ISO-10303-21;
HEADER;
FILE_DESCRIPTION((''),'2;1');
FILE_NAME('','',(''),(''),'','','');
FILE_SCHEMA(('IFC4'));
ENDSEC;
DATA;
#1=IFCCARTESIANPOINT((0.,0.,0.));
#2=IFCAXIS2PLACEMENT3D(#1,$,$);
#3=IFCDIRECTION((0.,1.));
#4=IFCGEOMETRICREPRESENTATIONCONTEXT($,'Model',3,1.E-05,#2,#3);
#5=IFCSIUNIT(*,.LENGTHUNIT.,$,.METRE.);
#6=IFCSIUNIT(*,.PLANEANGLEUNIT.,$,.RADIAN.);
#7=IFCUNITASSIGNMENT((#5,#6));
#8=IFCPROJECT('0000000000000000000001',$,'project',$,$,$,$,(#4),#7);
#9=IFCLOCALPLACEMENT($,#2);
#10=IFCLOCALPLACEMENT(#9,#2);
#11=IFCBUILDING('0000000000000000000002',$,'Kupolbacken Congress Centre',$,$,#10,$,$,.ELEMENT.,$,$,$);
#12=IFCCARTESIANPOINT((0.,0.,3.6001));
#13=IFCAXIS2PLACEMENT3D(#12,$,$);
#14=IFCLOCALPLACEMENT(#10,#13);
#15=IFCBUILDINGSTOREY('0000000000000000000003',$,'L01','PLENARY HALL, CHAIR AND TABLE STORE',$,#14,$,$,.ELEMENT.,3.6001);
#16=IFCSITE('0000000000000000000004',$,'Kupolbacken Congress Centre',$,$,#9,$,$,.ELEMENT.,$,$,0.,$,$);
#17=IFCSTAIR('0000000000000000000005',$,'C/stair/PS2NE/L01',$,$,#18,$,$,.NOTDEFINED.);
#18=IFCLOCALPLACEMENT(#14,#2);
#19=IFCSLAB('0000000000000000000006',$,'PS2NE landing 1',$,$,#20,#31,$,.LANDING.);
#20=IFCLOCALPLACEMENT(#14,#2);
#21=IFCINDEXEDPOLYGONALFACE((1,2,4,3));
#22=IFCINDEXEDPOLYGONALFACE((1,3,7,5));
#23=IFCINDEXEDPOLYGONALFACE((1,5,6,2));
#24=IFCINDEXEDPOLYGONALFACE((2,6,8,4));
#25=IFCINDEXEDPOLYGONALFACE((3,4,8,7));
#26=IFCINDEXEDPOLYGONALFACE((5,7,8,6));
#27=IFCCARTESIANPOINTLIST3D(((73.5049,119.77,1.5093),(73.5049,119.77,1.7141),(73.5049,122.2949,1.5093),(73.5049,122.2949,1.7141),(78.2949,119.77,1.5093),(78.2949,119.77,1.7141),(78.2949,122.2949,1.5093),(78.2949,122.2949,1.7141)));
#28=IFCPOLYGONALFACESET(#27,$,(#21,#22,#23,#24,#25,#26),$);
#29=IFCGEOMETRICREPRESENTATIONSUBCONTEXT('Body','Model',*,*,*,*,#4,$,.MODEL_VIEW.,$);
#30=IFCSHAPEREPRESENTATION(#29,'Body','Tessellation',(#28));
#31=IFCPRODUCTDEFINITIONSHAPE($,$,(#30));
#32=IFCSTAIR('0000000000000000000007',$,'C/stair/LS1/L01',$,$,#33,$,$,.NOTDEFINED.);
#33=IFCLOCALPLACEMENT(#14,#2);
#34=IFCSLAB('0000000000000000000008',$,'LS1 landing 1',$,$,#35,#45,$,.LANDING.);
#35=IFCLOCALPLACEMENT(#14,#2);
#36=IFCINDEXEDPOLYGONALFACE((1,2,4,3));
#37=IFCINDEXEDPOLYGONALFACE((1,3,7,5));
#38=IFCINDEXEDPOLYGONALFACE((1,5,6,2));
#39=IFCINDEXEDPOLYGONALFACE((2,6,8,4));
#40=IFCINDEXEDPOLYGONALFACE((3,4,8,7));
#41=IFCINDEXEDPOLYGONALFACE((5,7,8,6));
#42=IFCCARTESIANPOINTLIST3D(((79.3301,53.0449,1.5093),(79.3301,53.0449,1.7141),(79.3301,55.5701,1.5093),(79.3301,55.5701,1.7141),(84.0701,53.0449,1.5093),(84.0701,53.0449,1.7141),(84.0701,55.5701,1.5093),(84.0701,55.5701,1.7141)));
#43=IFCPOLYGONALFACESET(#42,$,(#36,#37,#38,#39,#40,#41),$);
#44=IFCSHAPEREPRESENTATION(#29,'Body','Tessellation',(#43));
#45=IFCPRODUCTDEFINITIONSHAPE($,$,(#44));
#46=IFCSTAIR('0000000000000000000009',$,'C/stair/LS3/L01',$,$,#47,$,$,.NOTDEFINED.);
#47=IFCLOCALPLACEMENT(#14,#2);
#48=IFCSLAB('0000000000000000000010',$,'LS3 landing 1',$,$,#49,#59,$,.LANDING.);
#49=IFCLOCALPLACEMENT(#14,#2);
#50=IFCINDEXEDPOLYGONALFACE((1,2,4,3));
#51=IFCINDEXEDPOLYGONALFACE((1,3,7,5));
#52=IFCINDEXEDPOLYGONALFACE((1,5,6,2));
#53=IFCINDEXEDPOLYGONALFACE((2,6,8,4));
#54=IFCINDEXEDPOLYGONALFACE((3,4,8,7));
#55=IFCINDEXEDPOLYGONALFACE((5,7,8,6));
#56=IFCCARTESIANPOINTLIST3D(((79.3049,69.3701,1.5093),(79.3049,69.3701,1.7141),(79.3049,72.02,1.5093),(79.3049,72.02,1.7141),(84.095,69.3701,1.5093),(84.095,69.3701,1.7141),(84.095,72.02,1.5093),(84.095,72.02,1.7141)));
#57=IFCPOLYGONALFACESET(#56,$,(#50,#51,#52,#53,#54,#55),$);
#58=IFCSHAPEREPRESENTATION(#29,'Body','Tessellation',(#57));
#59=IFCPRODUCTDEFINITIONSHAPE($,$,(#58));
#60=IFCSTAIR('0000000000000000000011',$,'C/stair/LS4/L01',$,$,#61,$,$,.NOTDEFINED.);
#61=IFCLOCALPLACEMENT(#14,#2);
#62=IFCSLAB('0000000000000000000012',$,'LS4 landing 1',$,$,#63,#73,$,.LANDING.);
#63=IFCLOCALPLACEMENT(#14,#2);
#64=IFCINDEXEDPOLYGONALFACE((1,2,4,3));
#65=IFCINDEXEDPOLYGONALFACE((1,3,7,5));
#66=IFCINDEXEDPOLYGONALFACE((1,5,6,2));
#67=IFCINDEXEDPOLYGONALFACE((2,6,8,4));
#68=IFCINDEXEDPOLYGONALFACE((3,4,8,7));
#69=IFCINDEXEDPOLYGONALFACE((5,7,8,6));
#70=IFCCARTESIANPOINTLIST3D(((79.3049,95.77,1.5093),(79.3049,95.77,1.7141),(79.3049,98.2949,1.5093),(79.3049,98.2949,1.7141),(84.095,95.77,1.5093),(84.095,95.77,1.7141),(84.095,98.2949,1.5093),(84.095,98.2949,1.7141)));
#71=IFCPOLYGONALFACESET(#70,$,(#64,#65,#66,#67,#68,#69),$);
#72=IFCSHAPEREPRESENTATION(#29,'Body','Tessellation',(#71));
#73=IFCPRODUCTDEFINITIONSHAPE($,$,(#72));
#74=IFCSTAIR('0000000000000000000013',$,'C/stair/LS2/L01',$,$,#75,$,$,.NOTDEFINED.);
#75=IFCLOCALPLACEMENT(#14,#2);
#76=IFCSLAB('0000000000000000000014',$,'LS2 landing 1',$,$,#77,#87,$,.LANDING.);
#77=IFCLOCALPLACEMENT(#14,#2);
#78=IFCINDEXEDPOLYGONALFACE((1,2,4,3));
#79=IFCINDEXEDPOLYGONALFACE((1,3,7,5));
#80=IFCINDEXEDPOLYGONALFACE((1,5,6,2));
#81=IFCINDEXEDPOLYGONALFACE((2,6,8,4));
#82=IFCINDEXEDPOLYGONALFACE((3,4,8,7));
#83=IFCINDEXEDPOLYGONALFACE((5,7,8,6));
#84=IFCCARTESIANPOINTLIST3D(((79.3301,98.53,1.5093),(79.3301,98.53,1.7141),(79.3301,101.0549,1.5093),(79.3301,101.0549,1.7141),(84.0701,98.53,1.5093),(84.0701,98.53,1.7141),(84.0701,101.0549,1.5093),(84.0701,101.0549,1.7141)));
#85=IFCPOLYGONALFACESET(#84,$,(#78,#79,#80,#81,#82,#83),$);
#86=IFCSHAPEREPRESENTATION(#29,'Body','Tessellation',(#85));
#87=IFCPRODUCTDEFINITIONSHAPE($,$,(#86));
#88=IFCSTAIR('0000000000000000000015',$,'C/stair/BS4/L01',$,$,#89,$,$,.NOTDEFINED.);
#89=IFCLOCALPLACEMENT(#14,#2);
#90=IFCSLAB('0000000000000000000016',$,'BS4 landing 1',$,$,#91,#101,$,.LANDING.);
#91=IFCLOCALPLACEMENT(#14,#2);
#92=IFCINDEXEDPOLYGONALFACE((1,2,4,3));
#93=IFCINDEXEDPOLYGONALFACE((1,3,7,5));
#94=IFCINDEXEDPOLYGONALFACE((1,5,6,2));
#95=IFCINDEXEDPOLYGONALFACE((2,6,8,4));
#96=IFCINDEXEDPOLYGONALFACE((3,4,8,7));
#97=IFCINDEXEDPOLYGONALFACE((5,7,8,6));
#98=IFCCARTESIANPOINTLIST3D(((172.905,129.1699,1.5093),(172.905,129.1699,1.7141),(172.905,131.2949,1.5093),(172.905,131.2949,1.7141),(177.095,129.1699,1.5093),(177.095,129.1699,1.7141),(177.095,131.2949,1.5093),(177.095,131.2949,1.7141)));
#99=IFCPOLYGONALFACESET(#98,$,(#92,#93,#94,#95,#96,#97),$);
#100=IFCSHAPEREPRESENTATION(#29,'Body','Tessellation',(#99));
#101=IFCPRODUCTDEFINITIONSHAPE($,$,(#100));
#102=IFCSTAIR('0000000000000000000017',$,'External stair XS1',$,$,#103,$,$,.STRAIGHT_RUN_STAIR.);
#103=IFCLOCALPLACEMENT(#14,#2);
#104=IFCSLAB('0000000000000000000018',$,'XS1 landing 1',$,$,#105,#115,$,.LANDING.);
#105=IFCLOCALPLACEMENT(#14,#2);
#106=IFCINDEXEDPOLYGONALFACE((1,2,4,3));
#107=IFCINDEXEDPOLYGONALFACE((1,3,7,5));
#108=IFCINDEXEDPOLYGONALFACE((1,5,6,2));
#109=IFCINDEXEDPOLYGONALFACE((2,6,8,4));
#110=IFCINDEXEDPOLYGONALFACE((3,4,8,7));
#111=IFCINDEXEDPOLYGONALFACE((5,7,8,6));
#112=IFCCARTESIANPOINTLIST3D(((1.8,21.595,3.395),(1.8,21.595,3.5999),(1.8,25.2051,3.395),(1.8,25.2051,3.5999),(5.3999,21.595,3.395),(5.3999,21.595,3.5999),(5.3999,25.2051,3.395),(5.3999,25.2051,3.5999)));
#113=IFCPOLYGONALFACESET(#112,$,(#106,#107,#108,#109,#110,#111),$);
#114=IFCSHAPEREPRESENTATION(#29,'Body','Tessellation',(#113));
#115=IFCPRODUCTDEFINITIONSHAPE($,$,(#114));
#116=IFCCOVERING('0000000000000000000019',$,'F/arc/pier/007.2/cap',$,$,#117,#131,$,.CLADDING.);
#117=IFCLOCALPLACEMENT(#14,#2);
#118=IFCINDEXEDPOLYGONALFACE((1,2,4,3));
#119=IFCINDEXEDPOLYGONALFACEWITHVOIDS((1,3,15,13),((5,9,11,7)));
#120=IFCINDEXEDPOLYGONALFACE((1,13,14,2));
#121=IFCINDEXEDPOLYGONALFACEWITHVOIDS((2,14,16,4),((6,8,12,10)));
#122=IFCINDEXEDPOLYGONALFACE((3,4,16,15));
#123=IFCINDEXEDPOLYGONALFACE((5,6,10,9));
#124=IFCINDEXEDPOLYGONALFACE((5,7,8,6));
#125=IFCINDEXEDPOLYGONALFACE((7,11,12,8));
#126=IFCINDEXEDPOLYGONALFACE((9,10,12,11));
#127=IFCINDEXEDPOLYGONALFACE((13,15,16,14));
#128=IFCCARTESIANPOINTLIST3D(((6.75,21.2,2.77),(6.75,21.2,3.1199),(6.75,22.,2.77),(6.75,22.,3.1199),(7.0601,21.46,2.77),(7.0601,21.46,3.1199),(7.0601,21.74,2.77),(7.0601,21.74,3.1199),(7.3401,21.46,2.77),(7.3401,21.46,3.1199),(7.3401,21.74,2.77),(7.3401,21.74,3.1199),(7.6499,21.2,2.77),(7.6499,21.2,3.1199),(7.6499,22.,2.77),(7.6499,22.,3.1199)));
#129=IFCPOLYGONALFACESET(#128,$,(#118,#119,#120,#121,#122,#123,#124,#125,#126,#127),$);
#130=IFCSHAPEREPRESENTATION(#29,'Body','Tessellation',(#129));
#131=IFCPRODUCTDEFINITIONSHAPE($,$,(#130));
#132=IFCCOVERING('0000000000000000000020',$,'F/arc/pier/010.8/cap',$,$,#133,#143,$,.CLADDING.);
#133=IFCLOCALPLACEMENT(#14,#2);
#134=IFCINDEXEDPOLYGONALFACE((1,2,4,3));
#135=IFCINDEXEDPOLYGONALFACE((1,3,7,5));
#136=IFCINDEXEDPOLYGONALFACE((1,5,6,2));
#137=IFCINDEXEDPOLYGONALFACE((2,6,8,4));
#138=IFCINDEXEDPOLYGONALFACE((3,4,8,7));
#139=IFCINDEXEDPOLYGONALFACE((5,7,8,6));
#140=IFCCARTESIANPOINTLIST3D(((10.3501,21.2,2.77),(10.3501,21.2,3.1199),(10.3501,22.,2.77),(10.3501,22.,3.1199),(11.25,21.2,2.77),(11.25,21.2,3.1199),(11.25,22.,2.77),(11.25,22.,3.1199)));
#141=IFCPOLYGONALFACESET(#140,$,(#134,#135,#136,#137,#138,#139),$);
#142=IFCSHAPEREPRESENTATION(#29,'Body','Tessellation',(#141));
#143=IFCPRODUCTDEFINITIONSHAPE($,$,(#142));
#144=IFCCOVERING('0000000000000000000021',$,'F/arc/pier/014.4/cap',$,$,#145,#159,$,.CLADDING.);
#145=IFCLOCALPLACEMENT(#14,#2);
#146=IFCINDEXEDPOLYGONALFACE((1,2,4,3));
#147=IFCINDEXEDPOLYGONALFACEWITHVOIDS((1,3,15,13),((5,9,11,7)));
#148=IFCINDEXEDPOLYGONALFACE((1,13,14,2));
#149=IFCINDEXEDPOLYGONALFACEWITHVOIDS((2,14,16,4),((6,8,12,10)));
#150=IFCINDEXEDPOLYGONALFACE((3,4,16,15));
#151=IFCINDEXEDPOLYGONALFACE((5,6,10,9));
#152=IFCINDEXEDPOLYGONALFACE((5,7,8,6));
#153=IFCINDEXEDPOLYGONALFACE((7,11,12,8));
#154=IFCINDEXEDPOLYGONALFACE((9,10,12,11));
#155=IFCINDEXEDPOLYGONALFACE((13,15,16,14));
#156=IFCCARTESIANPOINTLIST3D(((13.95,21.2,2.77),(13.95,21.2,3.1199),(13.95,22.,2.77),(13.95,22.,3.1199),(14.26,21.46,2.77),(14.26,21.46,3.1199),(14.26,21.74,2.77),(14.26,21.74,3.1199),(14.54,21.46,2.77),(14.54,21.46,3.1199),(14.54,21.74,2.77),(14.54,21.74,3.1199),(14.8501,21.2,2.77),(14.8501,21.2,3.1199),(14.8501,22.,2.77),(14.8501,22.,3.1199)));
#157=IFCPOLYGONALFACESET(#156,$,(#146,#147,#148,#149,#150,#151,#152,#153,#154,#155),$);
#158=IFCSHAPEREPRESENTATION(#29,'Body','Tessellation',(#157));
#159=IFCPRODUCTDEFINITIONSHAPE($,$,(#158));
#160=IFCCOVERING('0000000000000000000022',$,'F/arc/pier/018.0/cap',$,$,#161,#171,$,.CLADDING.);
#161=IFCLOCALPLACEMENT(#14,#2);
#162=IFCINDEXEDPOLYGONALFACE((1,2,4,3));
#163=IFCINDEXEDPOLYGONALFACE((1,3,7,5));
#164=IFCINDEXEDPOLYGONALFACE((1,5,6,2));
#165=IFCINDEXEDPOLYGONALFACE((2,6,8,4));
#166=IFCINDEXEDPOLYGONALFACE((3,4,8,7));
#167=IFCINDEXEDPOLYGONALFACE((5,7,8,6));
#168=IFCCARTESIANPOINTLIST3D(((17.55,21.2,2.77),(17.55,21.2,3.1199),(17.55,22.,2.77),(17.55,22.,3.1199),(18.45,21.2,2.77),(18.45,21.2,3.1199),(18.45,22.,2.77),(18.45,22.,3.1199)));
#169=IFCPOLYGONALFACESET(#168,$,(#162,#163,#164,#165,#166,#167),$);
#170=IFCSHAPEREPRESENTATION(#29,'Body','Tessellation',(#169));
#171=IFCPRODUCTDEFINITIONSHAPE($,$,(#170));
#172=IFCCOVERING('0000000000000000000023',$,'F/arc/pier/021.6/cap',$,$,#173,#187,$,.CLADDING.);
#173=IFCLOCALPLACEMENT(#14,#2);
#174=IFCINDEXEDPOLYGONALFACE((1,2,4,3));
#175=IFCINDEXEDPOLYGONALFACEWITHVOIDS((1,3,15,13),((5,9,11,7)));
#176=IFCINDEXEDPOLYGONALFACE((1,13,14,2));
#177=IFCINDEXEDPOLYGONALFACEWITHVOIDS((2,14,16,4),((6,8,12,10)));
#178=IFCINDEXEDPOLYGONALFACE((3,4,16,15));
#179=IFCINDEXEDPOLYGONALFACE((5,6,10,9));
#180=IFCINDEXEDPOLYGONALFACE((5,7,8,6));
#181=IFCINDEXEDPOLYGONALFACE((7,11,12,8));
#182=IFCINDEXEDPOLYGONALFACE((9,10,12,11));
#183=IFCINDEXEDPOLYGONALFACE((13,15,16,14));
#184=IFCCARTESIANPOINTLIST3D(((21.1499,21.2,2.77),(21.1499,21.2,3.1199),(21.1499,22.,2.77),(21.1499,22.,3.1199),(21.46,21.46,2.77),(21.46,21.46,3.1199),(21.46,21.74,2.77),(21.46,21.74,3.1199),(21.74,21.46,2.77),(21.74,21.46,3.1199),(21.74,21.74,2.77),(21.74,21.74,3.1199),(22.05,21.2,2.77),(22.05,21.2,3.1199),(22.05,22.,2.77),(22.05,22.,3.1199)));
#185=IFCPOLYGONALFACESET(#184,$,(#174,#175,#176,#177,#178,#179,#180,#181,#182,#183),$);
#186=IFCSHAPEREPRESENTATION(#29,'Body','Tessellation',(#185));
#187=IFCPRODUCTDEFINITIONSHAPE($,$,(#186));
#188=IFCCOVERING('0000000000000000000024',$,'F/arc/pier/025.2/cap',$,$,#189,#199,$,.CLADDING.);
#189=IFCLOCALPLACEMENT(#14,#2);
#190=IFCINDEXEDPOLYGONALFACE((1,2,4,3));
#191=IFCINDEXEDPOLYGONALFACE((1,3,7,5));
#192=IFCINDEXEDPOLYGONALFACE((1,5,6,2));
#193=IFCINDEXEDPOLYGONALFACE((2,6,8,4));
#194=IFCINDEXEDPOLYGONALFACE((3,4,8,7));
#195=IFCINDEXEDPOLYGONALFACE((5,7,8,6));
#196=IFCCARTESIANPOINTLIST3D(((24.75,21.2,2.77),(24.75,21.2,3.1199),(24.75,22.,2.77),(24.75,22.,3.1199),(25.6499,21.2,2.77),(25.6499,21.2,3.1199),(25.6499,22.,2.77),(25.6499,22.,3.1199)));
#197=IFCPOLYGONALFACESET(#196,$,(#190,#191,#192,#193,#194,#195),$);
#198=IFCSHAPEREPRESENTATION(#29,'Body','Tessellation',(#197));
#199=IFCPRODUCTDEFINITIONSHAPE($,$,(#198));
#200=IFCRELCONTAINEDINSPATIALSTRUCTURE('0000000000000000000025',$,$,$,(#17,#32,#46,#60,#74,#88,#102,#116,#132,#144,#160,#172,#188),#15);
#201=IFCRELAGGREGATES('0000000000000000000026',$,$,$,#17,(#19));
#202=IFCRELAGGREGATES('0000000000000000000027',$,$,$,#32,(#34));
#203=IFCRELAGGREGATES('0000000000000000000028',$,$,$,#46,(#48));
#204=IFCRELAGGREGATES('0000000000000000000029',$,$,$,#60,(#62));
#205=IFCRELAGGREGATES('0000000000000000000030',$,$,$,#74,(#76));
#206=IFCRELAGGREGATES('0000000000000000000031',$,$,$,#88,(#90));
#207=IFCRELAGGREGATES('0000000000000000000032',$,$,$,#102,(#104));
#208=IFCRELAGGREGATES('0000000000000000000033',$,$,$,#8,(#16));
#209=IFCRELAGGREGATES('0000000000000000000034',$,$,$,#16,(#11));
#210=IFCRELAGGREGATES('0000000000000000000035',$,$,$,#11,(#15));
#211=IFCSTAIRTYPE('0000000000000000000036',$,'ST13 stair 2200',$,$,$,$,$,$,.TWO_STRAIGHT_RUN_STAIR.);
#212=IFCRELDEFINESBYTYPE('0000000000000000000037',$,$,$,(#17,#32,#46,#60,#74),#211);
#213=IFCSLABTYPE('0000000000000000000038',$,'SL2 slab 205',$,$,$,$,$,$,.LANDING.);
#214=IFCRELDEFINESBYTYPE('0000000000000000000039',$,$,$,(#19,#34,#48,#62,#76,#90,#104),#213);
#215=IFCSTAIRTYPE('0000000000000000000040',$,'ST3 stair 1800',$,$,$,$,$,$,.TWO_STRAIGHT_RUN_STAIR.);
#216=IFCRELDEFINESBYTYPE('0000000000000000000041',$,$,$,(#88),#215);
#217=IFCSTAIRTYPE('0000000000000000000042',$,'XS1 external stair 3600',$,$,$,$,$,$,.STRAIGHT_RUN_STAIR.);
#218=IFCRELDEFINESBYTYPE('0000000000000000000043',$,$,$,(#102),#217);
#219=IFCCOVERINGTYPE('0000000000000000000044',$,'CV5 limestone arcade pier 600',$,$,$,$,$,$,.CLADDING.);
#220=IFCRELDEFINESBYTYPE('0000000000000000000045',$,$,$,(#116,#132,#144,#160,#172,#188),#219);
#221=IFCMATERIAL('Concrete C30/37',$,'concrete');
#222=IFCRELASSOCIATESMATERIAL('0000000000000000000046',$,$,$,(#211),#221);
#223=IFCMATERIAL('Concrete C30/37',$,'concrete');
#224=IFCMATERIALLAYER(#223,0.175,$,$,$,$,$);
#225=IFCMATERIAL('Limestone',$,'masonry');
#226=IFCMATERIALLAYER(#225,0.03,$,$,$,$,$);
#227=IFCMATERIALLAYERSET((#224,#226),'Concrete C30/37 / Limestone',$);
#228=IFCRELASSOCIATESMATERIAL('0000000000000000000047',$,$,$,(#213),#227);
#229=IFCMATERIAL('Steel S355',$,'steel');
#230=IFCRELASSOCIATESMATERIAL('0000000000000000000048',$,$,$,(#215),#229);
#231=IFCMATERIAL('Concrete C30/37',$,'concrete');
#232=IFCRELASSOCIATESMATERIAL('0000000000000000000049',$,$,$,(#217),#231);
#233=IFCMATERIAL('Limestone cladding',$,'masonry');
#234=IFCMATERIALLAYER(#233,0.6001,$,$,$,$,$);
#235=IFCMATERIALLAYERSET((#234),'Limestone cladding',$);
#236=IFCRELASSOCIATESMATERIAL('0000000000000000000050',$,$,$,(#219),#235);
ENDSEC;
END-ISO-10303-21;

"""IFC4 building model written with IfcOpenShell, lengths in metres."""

from ifc_helpers import new_model, si_unit, direction, frame, origin, place, context, subcontext, project, spatial, polyline, outline, extrude, material, layer, layer_set, type_object, element, aggregate, save


model = new_model("IFC4")

# Units and contexts
model_context = context("Model", 3, precision=1e-05, world=origin(), true_north=direction((0.0, 1.0)))
body_context = subcontext(model_context, "Body", "Model", "MODEL_VIEW")
ifc_project = project(units=[si_unit("LENGTHUNIT", "METRE"), si_unit("PLANEANGLEUNIT", "RADIAN")], contexts=[model_context])

# Site, building, storey
site_placement = place(None, origin())
site = spatial("IfcSite", under=ifc_project, at=site_placement, Name="Kupolbacken Congress Centre", CompositionType="ELEMENT", RefElevation=0.0)
building_placement = place(site_placement, origin())
building = spatial("IfcBuilding", under=site, at=building_placement, Name="Kupolbacken Congress Centre", CompositionType="ELEMENT")
storey_placement = place(building_placement, frame((0.0, 0.0, 3.6001)))
storey = spatial("IfcBuildingStorey", under=building, at=storey_placement, Name="L01", Description="PLENARY HALL, CHAIR AND TABLE STORE", CompositionType="ELEMENT", Elevation=3.6001)

# Stairs, slabs
ifc_material_1 = material(Name="Concrete C30/37", Category="concrete")
stair_type_1 = type_object("IfcStairType", Name="ST13 stair 2200", PredefinedType="TWO_STRAIGHT_RUN_STAIR", material=ifc_material_1)
stair_1_placement = place(storey_placement, origin())
stair_1 = element("IfcStair", 1, at=stair_1_placement, inside=storey, type_object=stair_type_1, Name="C/stair/PS2NE/L01", PredefinedType="NOTDEFINED")
ifc_material_2 = material(Name="Concrete C30/37", Category="concrete")
ifc_layer_1 = layer(ifc_material_2, 0.175)
ifc_material_3 = material(Name="Limestone", Category="masonry")
ifc_layer_2 = layer(ifc_material_3, 0.03)
ifc_layer_set_1 = layer_set([ifc_layer_1, ifc_layer_2], Name="Concrete C30/37 / Limestone")
slab_type_1 = type_object("IfcSlabType", Name="SL2 slab 205", PredefinedType="LANDING", material=ifc_layer_set_1)
slab_1_placement = place(storey_placement, frame((0.0, 0.0, 1.5093)))
slab_1 = element("IfcSlab", 2, at=slab_1_placement, type_object=slab_type_1, Name="PS2NE landing 1", PredefinedType="LANDING", context=body_context, shape_type="SweptSolid", body=[
    extrude(outline(polyline([(73.5049, 119.77), (78.2949, 119.77), (78.2949, 122.2949), (73.5049, 122.2949), (73.5049, 119.77)])), origin(), (0.0, 0.0, 1.0), 0.2048),
])
aggregate(stair_1, [slab_1])
stair_2_placement = place(storey_placement, origin())
stair_2 = element("IfcStair", 3, at=stair_2_placement, inside=storey, type_object=stair_type_1, Name="C/stair/LS1/L01", PredefinedType="NOTDEFINED")
slab_2_placement = place(storey_placement, frame((0.0, 0.0, 1.5093)))
slab_2 = element("IfcSlab", 4, at=slab_2_placement, type_object=slab_type_1, Name="LS1 landing 1", PredefinedType="LANDING", context=body_context, shape_type="SweptSolid", body=[
    extrude(outline(polyline([(79.3301, 53.0449), (84.0701, 53.0449), (84.0701, 55.5701), (79.3301, 55.5701), (79.3301, 53.0449)])), origin(), (0.0, 0.0, 1.0), 0.2048),
])
aggregate(stair_2, [slab_2])
stair_3_placement = place(storey_placement, origin())
stair_3 = element("IfcStair", 5, at=stair_3_placement, inside=storey, type_object=stair_type_1, Name="C/stair/LS3/L01", PredefinedType="NOTDEFINED")
slab_3_placement = place(storey_placement, frame((0.0, 0.0, 1.5093)))
slab_3 = element("IfcSlab", 6, at=slab_3_placement, type_object=slab_type_1, Name="LS3 landing 1", PredefinedType="LANDING", context=body_context, shape_type="SweptSolid", body=[
    extrude(outline(polyline([(79.3049, 69.3701), (84.095, 69.3701), (84.095, 72.02), (79.3049, 72.02), (79.3049, 69.3701)])), origin(), (0.0, 0.0, 1.0), 0.2048),
])
aggregate(stair_3, [slab_3])
stair_4_placement = place(storey_placement, origin())
stair_4 = element("IfcStair", 7, at=stair_4_placement, inside=storey, type_object=stair_type_1, Name="C/stair/LS4/L01", PredefinedType="NOTDEFINED")
slab_4_placement = place(storey_placement, frame((0.0, 0.0, 1.5093)))
slab_4 = element("IfcSlab", 8, at=slab_4_placement, type_object=slab_type_1, Name="LS4 landing 1", PredefinedType="LANDING", context=body_context, shape_type="SweptSolid", body=[
    extrude(outline(polyline([(79.3049, 95.77), (84.095, 95.77), (84.095, 98.2949), (79.3049, 98.2949), (79.3049, 95.77)])), origin(), (0.0, 0.0, 1.0), 0.2048),
])
aggregate(stair_4, [slab_4])
stair_5_placement = place(storey_placement, origin())
stair_5 = element("IfcStair", 9, at=stair_5_placement, inside=storey, type_object=stair_type_1, Name="C/stair/LS2/L01", PredefinedType="NOTDEFINED")
slab_5_placement = place(storey_placement, frame((0.0, 0.0, 1.5093)))
slab_5 = element("IfcSlab", 10, at=slab_5_placement, type_object=slab_type_1, Name="LS2 landing 1", PredefinedType="LANDING", context=body_context, shape_type="SweptSolid", body=[
    extrude(outline(polyline([(79.3301, 98.53), (84.0701, 98.53), (84.0701, 101.0549), (79.3301, 101.0549), (79.3301, 98.53)])), origin(), (0.0, 0.0, 1.0), 0.2048),
])
aggregate(stair_5, [slab_5])
ifc_material_4 = material(Name="Steel S355", Category="steel")
stair_type_2 = type_object("IfcStairType", Name="ST3 stair 1800", PredefinedType="TWO_STRAIGHT_RUN_STAIR", material=ifc_material_4)
stair_6_placement = place(storey_placement, origin())
stair_6 = element("IfcStair", 11, at=stair_6_placement, inside=storey, type_object=stair_type_2, Name="C/stair/BS4/L01", PredefinedType="NOTDEFINED")
slab_6_placement = place(storey_placement, frame((0.0, 0.0, 1.5093)))
slab_6 = element("IfcSlab", 12, at=slab_6_placement, type_object=slab_type_1, Name="BS4 landing 1", PredefinedType="LANDING", context=body_context, shape_type="SweptSolid", body=[
    extrude(outline(polyline([(172.905, 129.1699), (177.095, 129.1699), (177.095, 131.2949), (172.905, 131.2949), (172.905, 129.1699)])), origin(), (0.0, 0.0, 1.0), 0.2048),
])
aggregate(stair_6, [slab_6])
ifc_material_5 = material(Name="Concrete C30/37", Category="concrete")
stair_type_3 = type_object("IfcStairType", Name="XS1 external stair 3600", PredefinedType="STRAIGHT_RUN_STAIR", material=ifc_material_5)
stair_7_placement = place(storey_placement, origin())
stair_7 = element("IfcStair", 13, at=stair_7_placement, inside=storey, type_object=stair_type_3, Name="External stair XS1", PredefinedType="STRAIGHT_RUN_STAIR")
slab_7_placement = place(storey_placement, frame((0.0, 0.0, 3.395)))
slab_7 = element("IfcSlab", 14, at=slab_7_placement, type_object=slab_type_1, Name="XS1 landing 1", PredefinedType="LANDING", context=body_context, shape_type="SweptSolid", body=[
    extrude(outline(polyline([(1.8, 21.595), (5.3999, 21.595), (5.3999, 25.2051), (1.8, 25.2051), (1.8, 21.595)])), origin(), (0.0, 0.0, 1.0), 0.2048),
])
aggregate(stair_7, [slab_7])

# Coverings
ifc_material_6 = material(Name="Limestone cladding", Category="masonry")
ifc_layer_3 = layer(ifc_material_6, 0.6001)
ifc_layer_set_2 = layer_set([ifc_layer_3], Name="Limestone cladding")
covering_type = type_object("IfcCoveringType", Name="CV5 limestone arcade pier 600", PredefinedType="CLADDING", material=ifc_layer_set_2)
covering_1_placement = place(storey_placement, frame((0.0, 0.0, 2.77)))
element("IfcCovering", 15, at=covering_1_placement, inside=storey, type_object=covering_type, Name="F/arc/pier/007.2/cap", PredefinedType="CLADDING", context=body_context, shape_type="SweptSolid", body=[
    extrude(outline(polyline([(6.75, 21.2), (7.6499, 21.2), (7.6499, 22.0), (6.75, 22.0), (6.75, 21.2)]), holes=[polyline([(7.0601, 21.46), (7.3401, 21.46), (7.3401, 21.74), (7.0601, 21.74), (7.0601, 21.46)])]), origin(), (0.0, 0.0, 1.0), 0.3499),
])
covering_2_placement = place(storey_placement, frame((0.0, 0.0, 2.77)))
element("IfcCovering", 16, at=covering_2_placement, inside=storey, type_object=covering_type, Name="F/arc/pier/010.8/cap", PredefinedType="CLADDING", context=body_context, shape_type="SweptSolid", body=[
    extrude(outline(polyline([(10.3501, 21.2), (11.25, 21.2), (11.25, 22.0), (10.3501, 22.0), (10.3501, 21.2)])), origin(), (0.0, 0.0, 1.0), 0.3499),
])
covering_3_placement = place(storey_placement, frame((0.0, 0.0, 2.77)))
element("IfcCovering", 17, at=covering_3_placement, inside=storey, type_object=covering_type, Name="F/arc/pier/014.4/cap", PredefinedType="CLADDING", context=body_context, shape_type="SweptSolid", body=[
    extrude(outline(polyline([(13.95, 21.2), (14.8501, 21.2), (14.8501, 22.0), (13.95, 22.0), (13.95, 21.2)]), holes=[polyline([(14.26, 21.46), (14.54, 21.46), (14.54, 21.74), (14.26, 21.74), (14.26, 21.46)])]), origin(), (0.0, 0.0, 1.0), 0.3499),
])
covering_4_placement = place(storey_placement, frame((0.0, 0.0, 2.77)))
element("IfcCovering", 18, at=covering_4_placement, inside=storey, type_object=covering_type, Name="F/arc/pier/018.0/cap", PredefinedType="CLADDING", context=body_context, shape_type="SweptSolid", body=[
    extrude(outline(polyline([(17.55, 21.2), (18.45, 21.2), (18.45, 22.0), (17.55, 22.0), (17.55, 21.2)])), origin(), (0.0, 0.0, 1.0), 0.3499),
])
covering_5_placement = place(storey_placement, frame((0.0, 0.0, 2.77)))
element("IfcCovering", 19, at=covering_5_placement, inside=storey, type_object=covering_type, Name="F/arc/pier/021.6/cap", PredefinedType="CLADDING", context=body_context, shape_type="SweptSolid", body=[
    extrude(outline(polyline([(21.1499, 21.2), (22.05, 21.2), (22.05, 22.0), (21.1499, 22.0), (21.1499, 21.2)]), holes=[polyline([(21.46, 21.46), (21.74, 21.46), (21.74, 21.74), (21.46, 21.74), (21.46, 21.46)])]), origin(), (0.0, 0.0, 1.0), 0.3499),
])
covering_6_placement = place(storey_placement, frame((0.0, 0.0, 2.77)))
element("IfcCovering", 20, at=covering_6_placement, inside=storey, type_object=covering_type, Name="F/arc/pier/025.2/cap", PredefinedType="CLADDING", context=body_context, shape_type="SweptSolid", body=[
    extrude(outline(polyline([(24.75, 21.2), (25.6499, 21.2), (25.6499, 22.0), (24.75, 22.0), (24.75, 21.2)])), origin(), (0.0, 0.0, 1.0), 0.3499),
])

save(model, "model.ifc")
